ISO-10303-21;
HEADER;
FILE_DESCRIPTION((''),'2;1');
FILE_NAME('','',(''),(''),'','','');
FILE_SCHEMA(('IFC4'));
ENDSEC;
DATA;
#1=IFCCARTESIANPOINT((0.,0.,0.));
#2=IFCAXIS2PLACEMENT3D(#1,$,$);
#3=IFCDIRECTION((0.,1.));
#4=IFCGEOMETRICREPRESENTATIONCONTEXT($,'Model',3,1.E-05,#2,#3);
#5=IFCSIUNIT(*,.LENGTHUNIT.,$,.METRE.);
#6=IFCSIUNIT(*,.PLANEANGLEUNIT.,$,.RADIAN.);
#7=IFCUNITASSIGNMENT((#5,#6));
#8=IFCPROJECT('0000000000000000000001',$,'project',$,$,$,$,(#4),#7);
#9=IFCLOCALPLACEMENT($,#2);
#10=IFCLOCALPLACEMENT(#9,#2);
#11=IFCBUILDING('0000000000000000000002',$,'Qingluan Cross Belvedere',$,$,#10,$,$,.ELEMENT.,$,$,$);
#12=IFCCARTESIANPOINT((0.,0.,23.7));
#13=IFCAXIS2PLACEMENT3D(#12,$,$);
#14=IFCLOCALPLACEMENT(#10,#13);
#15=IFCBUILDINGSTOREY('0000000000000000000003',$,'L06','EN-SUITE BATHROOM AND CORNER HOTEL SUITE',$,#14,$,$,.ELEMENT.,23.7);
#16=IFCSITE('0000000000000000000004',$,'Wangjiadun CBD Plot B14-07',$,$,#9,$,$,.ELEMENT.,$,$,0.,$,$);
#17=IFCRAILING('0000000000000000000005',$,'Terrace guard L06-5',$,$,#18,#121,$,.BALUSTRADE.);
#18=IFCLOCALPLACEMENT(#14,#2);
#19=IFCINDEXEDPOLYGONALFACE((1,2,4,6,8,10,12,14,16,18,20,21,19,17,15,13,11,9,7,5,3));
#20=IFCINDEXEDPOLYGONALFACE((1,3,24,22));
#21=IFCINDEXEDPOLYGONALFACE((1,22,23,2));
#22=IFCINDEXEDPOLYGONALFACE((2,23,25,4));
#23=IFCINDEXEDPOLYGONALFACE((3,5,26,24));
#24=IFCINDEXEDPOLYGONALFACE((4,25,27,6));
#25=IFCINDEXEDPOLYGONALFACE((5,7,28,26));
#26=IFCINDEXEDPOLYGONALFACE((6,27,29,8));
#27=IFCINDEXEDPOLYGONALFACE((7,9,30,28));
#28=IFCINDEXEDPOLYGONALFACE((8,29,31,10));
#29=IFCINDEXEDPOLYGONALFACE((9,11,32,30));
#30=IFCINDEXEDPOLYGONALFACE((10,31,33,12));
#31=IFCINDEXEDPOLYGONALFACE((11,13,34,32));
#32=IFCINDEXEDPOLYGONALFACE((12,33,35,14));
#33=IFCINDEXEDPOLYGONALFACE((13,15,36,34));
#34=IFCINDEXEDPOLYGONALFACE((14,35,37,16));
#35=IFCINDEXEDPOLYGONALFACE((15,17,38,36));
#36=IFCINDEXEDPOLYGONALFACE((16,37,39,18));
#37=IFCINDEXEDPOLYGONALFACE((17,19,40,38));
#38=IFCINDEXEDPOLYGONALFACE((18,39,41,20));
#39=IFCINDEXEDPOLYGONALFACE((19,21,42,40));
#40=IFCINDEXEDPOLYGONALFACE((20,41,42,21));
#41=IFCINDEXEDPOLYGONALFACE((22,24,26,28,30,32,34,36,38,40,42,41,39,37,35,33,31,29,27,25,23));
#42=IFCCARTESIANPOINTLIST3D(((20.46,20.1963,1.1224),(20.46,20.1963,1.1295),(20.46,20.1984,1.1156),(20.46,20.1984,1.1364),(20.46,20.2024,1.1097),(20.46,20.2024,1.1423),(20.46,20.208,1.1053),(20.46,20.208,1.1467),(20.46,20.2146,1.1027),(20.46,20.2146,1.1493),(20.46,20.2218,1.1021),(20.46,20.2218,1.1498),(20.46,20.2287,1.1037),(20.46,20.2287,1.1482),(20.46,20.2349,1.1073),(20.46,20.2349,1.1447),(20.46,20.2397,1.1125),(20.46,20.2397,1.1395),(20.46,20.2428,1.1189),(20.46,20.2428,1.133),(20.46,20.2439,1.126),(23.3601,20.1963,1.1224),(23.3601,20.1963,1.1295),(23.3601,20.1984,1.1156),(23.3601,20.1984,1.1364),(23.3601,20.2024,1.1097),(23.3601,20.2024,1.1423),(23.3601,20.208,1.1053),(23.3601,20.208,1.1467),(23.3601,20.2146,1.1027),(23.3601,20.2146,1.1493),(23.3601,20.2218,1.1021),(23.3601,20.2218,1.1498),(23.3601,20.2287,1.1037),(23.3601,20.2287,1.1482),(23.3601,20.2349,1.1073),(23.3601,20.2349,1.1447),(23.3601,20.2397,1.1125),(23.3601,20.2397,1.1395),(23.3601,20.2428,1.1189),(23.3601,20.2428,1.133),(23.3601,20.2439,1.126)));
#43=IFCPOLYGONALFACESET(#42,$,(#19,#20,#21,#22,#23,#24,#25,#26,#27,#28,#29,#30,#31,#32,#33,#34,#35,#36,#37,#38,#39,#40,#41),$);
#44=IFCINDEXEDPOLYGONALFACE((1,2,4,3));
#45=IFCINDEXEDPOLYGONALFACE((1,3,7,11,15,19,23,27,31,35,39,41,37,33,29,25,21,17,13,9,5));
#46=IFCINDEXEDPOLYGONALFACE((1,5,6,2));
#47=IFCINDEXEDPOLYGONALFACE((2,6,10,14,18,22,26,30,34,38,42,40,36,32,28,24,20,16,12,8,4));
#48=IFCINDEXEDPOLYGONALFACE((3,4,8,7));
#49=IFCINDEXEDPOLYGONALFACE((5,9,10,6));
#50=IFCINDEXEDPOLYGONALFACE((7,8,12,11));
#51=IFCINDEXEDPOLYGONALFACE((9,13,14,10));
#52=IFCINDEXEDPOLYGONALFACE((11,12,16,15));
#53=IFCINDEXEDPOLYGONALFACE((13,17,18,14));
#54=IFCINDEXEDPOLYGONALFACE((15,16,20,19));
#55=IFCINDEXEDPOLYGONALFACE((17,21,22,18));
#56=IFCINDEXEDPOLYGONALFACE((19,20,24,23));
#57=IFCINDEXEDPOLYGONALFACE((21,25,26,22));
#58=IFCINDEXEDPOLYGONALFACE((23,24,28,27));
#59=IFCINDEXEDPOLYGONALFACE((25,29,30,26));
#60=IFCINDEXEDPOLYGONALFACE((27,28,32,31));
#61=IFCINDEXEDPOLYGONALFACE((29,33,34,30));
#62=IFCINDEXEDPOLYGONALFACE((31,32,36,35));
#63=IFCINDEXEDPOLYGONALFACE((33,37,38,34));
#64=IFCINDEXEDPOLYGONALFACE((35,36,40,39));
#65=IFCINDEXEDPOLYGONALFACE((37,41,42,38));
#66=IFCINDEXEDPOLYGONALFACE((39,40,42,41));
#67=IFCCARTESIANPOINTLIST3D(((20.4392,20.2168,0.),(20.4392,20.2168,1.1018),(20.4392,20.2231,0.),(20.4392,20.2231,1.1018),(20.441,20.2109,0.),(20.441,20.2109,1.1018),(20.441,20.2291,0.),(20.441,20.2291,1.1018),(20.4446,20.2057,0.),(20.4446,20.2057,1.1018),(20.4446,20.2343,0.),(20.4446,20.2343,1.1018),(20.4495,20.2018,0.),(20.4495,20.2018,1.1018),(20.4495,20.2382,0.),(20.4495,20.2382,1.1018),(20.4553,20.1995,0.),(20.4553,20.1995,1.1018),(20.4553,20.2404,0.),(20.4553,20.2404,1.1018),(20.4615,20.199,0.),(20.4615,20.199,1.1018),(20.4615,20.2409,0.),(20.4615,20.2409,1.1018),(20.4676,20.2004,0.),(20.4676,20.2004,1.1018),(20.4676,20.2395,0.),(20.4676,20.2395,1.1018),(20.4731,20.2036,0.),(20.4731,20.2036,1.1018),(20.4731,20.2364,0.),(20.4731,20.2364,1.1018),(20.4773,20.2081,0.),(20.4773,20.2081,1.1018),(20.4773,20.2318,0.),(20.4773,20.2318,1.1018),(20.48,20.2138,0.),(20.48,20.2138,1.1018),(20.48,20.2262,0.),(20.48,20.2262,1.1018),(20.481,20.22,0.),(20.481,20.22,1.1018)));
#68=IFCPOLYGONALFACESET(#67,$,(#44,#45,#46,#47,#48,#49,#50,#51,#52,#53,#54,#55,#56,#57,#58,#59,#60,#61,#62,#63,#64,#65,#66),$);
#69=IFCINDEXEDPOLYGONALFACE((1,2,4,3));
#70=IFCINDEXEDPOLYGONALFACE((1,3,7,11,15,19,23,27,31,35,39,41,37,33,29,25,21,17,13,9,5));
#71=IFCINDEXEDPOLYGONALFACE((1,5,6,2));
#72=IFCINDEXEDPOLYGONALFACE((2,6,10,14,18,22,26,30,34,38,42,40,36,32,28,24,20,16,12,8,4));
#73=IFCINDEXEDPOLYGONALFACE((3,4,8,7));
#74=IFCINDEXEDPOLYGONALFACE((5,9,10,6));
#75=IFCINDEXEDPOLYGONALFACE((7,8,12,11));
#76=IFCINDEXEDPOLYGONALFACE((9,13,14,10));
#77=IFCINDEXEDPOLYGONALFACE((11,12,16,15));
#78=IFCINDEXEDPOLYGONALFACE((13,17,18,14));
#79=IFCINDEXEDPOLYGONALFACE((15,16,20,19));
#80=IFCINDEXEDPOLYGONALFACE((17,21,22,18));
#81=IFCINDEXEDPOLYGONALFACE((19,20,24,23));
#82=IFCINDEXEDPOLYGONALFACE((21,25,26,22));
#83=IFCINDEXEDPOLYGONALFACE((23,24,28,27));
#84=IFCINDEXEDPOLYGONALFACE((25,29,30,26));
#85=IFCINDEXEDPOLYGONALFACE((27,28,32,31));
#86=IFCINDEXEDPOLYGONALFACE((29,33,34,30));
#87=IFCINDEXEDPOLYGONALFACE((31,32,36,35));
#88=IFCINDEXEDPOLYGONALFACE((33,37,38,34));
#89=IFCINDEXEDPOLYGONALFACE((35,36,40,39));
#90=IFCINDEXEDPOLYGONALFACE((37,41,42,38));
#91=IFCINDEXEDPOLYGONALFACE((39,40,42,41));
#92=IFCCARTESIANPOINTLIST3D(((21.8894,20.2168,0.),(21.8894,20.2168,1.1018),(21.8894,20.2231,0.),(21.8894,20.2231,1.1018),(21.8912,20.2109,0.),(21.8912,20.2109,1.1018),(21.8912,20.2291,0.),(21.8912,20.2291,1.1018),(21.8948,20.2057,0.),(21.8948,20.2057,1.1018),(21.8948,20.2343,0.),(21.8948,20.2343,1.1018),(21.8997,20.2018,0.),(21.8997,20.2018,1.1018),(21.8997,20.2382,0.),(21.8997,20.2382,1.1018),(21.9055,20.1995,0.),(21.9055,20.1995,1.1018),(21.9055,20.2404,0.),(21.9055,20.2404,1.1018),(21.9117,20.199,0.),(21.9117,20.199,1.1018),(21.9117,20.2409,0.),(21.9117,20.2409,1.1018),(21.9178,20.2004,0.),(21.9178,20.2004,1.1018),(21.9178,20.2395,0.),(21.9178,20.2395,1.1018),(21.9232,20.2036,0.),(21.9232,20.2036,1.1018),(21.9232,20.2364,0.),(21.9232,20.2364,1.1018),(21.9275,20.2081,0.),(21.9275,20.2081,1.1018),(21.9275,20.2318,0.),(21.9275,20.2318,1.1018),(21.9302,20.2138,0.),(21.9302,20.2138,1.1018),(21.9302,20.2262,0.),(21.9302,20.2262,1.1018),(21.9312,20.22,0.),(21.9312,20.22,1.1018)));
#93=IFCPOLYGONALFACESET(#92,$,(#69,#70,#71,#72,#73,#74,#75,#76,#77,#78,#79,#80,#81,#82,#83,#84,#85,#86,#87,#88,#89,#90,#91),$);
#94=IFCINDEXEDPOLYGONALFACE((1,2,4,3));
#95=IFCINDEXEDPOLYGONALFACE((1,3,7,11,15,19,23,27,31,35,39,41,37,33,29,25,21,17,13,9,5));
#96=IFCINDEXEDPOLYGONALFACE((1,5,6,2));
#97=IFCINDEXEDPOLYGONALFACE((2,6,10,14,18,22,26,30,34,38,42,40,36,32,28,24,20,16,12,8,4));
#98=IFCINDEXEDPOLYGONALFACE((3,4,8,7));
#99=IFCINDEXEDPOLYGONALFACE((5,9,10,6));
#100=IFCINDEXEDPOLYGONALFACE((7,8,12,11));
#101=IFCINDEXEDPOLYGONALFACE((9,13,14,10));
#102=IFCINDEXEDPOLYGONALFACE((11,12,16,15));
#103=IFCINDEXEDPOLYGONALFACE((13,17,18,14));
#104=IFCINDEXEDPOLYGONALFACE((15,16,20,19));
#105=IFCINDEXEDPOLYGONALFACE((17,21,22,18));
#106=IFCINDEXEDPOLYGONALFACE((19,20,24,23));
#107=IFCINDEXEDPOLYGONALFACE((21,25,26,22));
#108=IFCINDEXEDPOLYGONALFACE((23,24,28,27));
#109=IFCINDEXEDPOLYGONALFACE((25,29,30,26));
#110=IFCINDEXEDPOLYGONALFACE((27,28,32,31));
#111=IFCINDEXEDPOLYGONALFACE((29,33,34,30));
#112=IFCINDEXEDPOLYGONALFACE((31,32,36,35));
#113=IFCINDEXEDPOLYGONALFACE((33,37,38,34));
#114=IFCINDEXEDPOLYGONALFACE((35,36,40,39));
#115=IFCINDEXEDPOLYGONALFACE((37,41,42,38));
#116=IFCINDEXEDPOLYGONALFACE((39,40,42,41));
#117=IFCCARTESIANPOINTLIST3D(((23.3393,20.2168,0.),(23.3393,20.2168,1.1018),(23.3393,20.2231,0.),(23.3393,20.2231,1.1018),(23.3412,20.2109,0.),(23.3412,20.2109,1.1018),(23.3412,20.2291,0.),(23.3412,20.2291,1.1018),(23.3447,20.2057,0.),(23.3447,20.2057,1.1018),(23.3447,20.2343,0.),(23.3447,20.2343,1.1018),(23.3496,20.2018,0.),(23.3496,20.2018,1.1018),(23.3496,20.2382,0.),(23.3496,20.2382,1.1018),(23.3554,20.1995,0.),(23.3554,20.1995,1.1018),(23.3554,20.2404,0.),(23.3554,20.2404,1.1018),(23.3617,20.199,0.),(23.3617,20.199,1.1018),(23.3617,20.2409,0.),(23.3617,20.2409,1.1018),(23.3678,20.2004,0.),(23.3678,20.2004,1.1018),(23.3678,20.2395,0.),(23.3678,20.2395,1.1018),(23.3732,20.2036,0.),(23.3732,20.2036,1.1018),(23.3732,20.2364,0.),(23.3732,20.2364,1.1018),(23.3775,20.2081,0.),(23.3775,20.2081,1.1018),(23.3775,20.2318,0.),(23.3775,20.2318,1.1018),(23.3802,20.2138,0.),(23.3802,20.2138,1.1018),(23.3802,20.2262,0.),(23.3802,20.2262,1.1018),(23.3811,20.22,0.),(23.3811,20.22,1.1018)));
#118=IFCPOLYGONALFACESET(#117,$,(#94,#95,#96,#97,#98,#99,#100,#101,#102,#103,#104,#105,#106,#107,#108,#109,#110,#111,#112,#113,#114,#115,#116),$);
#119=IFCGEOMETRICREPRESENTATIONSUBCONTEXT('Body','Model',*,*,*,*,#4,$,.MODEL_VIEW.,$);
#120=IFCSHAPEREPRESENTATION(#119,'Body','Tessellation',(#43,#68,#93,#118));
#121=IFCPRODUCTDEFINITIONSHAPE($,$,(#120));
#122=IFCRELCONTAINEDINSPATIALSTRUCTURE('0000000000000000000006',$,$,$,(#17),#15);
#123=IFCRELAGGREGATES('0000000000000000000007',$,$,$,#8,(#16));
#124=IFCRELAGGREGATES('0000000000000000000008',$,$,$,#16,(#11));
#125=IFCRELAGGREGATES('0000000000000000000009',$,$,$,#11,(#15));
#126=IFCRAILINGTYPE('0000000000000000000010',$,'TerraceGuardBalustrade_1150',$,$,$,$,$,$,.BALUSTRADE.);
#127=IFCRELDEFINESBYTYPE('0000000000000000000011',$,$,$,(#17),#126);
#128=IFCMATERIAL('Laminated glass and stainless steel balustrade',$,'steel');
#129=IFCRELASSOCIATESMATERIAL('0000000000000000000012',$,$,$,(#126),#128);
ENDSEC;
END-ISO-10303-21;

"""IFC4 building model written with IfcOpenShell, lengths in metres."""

from ifc_helpers import new_model, si_unit, direction, frame, origin, origin_2d, place, context, subcontext, project, spatial, circle, extrude, material, type_object, element, save


model = new_model("IFC4")

# Units and contexts
model_context = context("Model", 3, precision=1e-05, world=origin(), true_north=direction((0.0, 1.0)))
body_context = subcontext(model_context, "Body", "Model", "MODEL_VIEW")
ifc_project = project(units=[si_unit("LENGTHUNIT", "METRE"), si_unit("PLANEANGLEUNIT", "RADIAN")], contexts=[model_context])

# Site, building, storey
site_placement = place(None, origin())
site = spatial("IfcSite", under=ifc_project, at=site_placement, Name="Wangjiadun CBD Plot B14-07", CompositionType="ELEMENT", RefElevation=0.0)
building_placement = place(site_placement, origin())
building = spatial("IfcBuilding", under=site, at=building_placement, Name="Qingluan Cross Belvedere", CompositionType="ELEMENT")
storey_placement = place(building_placement, frame((0.0, 0.0, 23.7)))
storey = spatial("IfcBuildingStorey", under=building, at=storey_placement, Name="L06", Description="EN-SUITE BATHROOM AND CORNER HOTEL SUITE", CompositionType="ELEMENT", Elevation=23.7)

# Railing
ifc_material_1 = material(Name="Laminated glass and stainless steel balustrade", Category="steel")
railing_type = type_object("IfcRailingType", Name="TerraceGuardBalustrade_1150", PredefinedType="BALUSTRADE", material=ifc_material_1)
railing_1_placement = place(storey_placement, frame((20.46, 20.22, 0.0)))
element("IfcRailing", 1, at=railing_1_placement, inside=storey, type_object=railing_type, Name="Terrace guard L06-5", PredefinedType="BALUSTRADE", context=body_context, shape_type="SweptSolid", body=[
    extrude(circle(Radius=0.0239, at=origin_2d()), frame((0.0, 0.0, 1.126), z_axis=(1.0, 0.0, 0.0), x_axis=(0.0, 1.0, 0.0)), (0.0, 0.0, 1.0), 2.9001),
    extrude(circle(Radius=0.021, at=origin_2d()), origin(), (0.0, 0.0, 1.0), 1.1018),
    extrude(circle(Radius=0.021, at=origin_2d()), frame((1.4502, 0.0, 0.0)), (0.0, 0.0, 1.0), 1.1018),
    extrude(circle(Radius=0.021, at=origin_2d()), frame((2.9001, 0.0, 0.0)), (0.0, 0.0, 1.0), 1.1018),
])

save(model, "model.ifc")
